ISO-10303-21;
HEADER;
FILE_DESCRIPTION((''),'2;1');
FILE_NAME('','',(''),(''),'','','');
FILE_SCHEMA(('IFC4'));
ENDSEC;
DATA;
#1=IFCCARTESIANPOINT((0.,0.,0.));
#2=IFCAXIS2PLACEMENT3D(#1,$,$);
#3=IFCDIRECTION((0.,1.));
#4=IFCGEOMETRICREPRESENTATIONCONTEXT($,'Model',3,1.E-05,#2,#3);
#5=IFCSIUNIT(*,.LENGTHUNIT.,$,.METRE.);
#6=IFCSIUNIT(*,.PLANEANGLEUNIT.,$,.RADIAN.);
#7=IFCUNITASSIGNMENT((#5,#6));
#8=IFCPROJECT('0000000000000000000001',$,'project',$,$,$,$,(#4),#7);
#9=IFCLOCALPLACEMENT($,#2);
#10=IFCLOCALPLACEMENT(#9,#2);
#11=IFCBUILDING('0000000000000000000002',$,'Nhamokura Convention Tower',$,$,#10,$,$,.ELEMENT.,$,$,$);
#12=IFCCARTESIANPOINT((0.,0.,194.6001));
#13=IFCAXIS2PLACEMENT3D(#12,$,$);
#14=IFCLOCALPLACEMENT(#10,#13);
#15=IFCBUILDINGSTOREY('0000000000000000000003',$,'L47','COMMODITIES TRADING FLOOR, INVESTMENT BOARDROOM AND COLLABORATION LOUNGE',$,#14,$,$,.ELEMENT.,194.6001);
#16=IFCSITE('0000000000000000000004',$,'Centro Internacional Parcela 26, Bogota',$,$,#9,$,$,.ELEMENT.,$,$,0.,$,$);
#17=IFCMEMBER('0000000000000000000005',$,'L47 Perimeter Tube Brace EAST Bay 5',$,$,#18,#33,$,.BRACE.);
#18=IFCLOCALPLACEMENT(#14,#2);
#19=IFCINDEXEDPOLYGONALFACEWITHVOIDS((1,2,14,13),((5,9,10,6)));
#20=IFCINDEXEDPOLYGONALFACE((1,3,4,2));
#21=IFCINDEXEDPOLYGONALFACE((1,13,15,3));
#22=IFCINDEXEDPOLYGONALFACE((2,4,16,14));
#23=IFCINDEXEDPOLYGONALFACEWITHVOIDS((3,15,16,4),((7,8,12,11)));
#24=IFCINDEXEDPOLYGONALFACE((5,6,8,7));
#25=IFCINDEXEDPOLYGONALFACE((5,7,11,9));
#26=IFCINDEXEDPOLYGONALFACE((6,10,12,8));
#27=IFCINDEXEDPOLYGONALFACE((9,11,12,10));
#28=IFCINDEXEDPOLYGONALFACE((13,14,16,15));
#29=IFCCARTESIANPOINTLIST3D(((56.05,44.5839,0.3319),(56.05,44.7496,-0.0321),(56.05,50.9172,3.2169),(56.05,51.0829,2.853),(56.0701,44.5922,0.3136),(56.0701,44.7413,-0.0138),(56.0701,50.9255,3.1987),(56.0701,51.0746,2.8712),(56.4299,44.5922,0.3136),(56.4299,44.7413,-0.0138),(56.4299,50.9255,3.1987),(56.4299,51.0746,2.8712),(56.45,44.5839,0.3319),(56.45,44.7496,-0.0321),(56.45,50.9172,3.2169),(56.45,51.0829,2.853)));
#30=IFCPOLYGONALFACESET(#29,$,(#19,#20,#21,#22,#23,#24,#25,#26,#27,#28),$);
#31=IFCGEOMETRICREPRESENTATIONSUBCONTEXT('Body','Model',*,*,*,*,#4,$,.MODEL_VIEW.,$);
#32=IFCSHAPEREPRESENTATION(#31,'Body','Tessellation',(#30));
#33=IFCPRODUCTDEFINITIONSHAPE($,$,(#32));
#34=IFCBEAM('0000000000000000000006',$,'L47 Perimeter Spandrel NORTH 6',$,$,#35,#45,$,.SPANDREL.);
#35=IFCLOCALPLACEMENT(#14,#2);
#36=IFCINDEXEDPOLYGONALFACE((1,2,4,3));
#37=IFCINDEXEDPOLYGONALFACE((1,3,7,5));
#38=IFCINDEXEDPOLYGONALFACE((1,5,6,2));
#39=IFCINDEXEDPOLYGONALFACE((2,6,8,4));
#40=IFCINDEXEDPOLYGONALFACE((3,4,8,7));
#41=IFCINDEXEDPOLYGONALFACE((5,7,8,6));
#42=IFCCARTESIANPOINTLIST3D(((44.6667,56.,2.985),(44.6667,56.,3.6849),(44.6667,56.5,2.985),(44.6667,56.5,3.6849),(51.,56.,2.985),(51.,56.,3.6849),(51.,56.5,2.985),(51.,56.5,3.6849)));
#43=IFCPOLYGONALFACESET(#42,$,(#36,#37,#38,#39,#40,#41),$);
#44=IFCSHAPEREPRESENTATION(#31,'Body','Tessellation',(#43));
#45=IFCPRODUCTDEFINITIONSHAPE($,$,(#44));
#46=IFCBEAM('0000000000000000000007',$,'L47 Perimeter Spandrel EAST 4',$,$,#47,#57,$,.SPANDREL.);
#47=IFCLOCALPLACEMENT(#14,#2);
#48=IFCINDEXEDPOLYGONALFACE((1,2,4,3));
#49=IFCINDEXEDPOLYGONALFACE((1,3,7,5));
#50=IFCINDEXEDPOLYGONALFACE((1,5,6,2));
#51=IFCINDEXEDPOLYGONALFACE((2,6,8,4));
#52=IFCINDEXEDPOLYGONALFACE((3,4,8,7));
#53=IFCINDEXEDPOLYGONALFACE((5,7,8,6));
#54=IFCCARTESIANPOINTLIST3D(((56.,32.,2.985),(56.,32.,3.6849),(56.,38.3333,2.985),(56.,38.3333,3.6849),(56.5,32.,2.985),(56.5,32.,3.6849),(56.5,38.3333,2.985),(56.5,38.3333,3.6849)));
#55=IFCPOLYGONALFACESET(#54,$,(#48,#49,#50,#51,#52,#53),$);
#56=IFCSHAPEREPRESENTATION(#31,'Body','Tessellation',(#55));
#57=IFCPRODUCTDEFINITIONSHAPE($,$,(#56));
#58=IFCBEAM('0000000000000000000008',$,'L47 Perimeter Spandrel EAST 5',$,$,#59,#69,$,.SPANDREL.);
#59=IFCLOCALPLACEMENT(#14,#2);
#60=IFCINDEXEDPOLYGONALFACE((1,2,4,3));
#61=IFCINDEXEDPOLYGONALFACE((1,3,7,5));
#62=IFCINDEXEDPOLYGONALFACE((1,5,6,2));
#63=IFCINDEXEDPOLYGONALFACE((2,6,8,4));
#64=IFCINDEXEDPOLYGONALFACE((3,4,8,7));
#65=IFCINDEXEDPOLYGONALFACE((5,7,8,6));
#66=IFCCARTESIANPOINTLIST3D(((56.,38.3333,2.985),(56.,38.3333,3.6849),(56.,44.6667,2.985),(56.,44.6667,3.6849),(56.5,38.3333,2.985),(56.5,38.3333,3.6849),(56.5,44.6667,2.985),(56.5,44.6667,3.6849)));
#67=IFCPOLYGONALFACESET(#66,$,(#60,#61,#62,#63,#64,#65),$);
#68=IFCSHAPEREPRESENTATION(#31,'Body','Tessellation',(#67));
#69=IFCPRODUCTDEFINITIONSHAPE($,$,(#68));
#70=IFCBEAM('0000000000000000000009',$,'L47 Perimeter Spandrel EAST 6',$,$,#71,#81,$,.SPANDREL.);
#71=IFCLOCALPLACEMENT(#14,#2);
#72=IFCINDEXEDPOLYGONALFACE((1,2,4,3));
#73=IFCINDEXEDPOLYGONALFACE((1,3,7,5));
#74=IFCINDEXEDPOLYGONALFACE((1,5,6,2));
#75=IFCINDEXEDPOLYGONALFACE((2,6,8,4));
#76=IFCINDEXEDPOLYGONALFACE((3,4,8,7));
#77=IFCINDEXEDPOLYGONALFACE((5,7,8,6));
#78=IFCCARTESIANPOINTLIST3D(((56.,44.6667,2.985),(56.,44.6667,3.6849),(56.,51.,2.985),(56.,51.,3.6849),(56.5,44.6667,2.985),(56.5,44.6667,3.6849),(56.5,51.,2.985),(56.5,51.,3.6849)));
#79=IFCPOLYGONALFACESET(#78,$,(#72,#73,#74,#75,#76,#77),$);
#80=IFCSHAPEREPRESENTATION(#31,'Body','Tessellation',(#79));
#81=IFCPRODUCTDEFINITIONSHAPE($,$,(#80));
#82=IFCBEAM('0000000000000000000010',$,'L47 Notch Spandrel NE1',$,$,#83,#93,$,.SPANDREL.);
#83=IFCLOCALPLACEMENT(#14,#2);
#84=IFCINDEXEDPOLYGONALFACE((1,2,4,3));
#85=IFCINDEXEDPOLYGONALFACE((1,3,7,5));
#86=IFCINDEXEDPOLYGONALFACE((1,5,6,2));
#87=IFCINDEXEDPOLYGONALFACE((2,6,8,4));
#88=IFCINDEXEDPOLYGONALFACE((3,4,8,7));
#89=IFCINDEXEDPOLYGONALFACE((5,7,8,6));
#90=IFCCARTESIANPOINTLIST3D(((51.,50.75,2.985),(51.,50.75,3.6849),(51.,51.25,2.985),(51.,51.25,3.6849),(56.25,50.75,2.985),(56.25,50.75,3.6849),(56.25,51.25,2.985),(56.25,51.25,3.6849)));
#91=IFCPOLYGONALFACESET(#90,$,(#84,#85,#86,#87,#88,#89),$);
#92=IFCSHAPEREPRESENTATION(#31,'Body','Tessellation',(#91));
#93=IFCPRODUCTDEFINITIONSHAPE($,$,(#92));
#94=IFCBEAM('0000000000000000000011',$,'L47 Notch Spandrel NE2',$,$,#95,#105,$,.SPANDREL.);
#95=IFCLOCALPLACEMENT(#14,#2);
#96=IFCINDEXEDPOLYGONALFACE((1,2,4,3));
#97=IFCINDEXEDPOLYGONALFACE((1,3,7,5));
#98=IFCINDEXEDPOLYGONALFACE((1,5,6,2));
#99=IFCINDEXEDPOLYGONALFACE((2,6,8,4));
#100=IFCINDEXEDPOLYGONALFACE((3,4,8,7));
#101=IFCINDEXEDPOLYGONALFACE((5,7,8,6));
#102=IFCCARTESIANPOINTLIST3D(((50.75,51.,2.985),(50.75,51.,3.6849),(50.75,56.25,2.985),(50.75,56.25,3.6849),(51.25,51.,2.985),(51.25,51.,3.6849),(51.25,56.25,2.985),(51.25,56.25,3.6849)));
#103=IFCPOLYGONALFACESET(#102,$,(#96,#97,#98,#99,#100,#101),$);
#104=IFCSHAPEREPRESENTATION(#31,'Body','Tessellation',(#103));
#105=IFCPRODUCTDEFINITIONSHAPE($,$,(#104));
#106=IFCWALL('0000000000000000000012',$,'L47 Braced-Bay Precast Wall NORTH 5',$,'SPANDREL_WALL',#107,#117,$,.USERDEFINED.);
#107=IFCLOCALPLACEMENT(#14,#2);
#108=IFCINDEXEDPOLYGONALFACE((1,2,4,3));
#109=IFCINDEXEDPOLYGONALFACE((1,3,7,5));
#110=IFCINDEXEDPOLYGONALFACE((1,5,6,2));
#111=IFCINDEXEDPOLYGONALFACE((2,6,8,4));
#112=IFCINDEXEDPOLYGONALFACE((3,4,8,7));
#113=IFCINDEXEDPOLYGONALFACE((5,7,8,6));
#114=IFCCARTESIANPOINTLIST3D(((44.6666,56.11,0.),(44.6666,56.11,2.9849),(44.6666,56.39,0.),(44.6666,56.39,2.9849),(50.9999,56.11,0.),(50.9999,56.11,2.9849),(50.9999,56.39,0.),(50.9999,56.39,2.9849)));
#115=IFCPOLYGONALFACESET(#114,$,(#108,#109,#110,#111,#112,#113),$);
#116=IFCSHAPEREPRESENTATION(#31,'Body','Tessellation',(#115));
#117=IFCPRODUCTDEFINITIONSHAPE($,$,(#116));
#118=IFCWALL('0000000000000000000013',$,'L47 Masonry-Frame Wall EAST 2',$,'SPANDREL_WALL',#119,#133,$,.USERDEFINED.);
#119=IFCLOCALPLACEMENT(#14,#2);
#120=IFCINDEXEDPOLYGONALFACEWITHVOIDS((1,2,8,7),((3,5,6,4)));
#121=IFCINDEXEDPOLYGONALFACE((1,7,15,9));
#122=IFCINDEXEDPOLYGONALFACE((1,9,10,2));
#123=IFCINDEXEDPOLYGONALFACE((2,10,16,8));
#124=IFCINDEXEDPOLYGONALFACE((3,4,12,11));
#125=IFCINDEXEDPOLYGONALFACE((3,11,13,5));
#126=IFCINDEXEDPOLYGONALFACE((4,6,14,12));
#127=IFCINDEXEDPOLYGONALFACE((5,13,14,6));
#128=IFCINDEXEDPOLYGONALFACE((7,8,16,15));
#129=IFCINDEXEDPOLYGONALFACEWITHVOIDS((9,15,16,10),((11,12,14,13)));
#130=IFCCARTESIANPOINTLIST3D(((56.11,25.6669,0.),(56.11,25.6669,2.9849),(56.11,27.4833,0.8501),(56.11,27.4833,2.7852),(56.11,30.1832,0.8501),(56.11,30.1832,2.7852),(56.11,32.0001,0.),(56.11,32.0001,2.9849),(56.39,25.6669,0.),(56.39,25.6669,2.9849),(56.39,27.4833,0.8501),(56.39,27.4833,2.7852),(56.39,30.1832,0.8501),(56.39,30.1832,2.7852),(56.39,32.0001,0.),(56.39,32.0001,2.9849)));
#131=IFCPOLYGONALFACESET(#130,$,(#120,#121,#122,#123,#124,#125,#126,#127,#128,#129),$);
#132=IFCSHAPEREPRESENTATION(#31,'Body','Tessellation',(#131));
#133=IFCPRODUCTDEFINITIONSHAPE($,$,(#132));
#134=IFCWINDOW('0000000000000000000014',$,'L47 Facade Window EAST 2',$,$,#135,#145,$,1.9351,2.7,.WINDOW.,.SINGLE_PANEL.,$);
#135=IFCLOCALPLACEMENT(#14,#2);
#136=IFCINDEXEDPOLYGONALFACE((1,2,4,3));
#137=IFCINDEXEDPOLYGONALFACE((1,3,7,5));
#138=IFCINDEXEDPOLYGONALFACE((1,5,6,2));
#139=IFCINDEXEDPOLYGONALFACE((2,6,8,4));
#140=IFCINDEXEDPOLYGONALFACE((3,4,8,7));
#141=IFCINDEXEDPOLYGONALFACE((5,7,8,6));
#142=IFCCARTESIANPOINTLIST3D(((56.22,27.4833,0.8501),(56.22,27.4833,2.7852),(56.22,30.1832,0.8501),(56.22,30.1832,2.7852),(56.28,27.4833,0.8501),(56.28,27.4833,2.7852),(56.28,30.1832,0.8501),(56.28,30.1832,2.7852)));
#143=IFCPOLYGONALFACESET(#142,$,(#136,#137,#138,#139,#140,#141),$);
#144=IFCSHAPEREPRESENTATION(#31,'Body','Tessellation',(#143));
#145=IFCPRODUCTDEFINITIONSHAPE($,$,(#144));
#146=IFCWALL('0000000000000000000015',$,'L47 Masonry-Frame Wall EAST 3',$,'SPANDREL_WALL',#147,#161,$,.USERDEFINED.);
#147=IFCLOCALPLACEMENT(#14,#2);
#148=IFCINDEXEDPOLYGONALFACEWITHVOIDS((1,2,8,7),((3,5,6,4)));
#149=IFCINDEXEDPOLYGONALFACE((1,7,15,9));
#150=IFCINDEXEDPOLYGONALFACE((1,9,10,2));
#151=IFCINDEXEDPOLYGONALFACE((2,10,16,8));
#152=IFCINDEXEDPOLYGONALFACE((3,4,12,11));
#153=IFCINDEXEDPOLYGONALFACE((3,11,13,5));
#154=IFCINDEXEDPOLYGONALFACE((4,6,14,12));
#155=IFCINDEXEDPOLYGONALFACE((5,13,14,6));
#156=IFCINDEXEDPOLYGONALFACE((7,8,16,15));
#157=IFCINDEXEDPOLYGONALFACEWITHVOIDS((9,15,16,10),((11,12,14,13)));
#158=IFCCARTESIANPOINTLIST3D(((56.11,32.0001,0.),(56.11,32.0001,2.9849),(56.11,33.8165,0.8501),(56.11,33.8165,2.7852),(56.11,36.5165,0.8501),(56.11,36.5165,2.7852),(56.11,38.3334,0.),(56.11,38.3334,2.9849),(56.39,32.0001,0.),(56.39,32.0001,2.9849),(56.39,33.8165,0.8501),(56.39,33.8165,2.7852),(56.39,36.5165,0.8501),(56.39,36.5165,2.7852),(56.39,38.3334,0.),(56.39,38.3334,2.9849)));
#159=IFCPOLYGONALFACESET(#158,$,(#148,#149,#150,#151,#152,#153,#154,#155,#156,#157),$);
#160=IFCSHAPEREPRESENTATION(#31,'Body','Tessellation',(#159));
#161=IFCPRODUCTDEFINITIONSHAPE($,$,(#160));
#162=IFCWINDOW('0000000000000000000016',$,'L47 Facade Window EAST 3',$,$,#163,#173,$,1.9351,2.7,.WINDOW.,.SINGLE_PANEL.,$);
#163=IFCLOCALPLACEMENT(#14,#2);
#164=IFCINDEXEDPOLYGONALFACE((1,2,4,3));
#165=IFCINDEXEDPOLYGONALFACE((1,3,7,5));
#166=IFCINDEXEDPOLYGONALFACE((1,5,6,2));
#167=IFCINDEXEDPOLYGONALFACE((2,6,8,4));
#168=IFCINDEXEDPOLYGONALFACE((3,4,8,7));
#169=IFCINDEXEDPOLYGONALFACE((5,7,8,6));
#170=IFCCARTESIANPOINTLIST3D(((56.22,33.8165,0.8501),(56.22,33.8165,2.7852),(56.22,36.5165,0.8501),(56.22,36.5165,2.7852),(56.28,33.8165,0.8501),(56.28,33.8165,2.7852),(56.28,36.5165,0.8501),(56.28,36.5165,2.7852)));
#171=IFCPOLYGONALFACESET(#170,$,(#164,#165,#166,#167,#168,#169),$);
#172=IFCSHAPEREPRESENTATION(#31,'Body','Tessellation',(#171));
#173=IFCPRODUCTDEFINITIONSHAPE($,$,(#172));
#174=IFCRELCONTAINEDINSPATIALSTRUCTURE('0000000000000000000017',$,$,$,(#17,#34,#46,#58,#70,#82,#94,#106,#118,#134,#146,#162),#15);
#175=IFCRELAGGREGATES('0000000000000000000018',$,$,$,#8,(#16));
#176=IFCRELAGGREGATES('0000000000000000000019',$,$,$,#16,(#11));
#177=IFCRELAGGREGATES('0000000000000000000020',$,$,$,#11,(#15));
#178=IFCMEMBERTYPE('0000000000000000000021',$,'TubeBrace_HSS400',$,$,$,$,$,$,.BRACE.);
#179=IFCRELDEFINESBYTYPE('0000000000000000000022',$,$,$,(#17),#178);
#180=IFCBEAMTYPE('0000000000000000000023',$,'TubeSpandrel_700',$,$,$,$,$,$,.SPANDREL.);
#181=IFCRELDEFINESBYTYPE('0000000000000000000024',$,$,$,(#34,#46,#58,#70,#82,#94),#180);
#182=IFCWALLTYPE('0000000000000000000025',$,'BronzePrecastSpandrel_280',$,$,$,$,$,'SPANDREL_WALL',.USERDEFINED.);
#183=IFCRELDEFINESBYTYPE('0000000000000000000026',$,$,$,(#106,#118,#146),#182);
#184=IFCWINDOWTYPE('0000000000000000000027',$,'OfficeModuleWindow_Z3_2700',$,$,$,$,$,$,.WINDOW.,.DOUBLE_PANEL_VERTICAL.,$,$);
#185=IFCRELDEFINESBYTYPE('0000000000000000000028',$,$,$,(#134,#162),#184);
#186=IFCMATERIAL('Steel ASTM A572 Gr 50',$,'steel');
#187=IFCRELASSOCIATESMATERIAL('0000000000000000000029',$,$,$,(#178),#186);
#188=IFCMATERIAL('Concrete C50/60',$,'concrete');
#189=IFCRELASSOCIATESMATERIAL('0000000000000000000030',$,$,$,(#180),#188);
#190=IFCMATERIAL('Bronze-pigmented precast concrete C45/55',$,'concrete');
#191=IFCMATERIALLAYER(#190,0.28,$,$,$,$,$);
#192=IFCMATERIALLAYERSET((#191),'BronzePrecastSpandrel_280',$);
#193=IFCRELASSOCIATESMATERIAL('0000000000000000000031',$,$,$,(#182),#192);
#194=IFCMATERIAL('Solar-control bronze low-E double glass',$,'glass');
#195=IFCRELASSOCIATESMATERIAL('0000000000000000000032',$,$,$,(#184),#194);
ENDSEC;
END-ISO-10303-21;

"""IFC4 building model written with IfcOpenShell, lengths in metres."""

from ifc_helpers import new_model, si_unit, direction, frame, frame_2d, origin, origin_2d, place, context, subcontext, project, spatial, rectangle, hollow_rectangle, extrude, material, layer, layer_set, material_profile, profile_set, type_object, element, fill, save


model = new_model("IFC4")

# Units and contexts
model_context = context("Model", 3, precision=1e-05, world=origin(), true_north=direction((0.0, 1.0)))
body_context = subcontext(model_context, "Body", "Model", "MODEL_VIEW")
ifc_project = project(units=[si_unit("LENGTHUNIT", "METRE"), si_unit("PLANEANGLEUNIT", "RADIAN")], contexts=[model_context])

# Site, building, storey
site_placement = place(None, origin())
site = spatial("IfcSite", under=ifc_project, at=site_placement, Name="Centro Internacional Parcela 26, Bogota", CompositionType="ELEMENT", RefElevation=0.0)
building_placement = place(site_placement, origin())
building = spatial("IfcBuilding", under=site, at=building_placement, Name="Nhamokura Convention Tower", CompositionType="ELEMENT")
storey_placement = place(building_placement, frame((0.0, 0.0, 194.6001)))
storey = spatial("IfcBuildingStorey", under=building, at=storey_placement, Name="L47", Description="COMMODITIES TRADING FLOOR, INVESTMENT BOARDROOM AND COLLABORATION LOUNGE", CompositionType="ELEMENT", Elevation=194.6001)

# Member
ifc_material_1 = material(Name="Steel ASTM A572 Gr 50", Category="steel")
ifc_material_profile_1 = material_profile(ifc_material_1, hollow_rectangle(XDim=0.3999, YDim=0.3999, WallThickness=0.02, at=origin_2d()))
ifc_profile_set_1 = profile_set([ifc_material_profile_1], Name="Steel ASTM A572 Gr 50")
member_type_1 = type_object("IfcMemberType", Name="TubeBrace_HSS400", PredefinedType="BRACE", material=ifc_profile_set_1)
for number, where, z_axis, x_axis, name in (
    (1, (56.25, 44.6667, 0.1499), (0.0, 0.910027, 0.414548), (-1.0, 0.0, 0.0), "L47 Perimeter Tube Brace EAST Bay 5"),
):
    element("IfcMember", number, at=place(storey_placement, frame(where, z_axis=z_axis, x_axis=x_axis)), inside=storey, type_object=member_type_1, Name=name, PredefinedType="BRACE", context=body_context, shape_type="SweptSolid", body=[
        extrude(hollow_rectangle(XDim=0.3999, YDim=0.3999, WallThickness=0.02, at=origin_2d()), origin(), (0.0, 0.0, 1.0), 6.9595),
    ])

# Beams
ifc_material_2 = material(Name="Concrete C50/60", Category="concrete")
ifc_material_profile_2 = material_profile(ifc_material_2, rectangle(XDim=0.5, YDim=0.7, at=origin_2d()))
ifc_profile_set_2 = profile_set([ifc_material_profile_2], Name="Concrete C50/60")
beam_type_1 = type_object("IfcBeamType", Name="TubeSpandrel_700", PredefinedType="SPANDREL", material=ifc_profile_set_2)
for number, where, z_axis, x_axis, name in (
    (2, (44.6667, 56.25, 3.335), (1.0, 0.0, 0.0), (0.0, 1.0, 0.0), "L47 Perimeter Spandrel NORTH 6"),
    (3, (56.25, 32.0, 3.335), (0.0, 1.0, 0.0), (-1.0, 0.0, 0.0), "L47 Perimeter Spandrel EAST 4"),
):
    element("IfcBeam", number, at=place(storey_placement, frame(where, z_axis=z_axis, x_axis=x_axis)), inside=storey, type_object=beam_type_1, Name=name, PredefinedType="SPANDREL", context=body_context, shape_type="SweptSolid", body=[
        extrude(rectangle(XDim=0.5, YDim=0.7, at=origin_2d()), origin(), (0.0, 0.0, 1.0), 6.3333),
    ])
beam_1_placement = place(storey_placement, frame((56.25, 38.3333, 3.335), z_axis=(0.0, 1.0, 0.0), x_axis=(-1.0, 0.0, 0.0)))
element("IfcBeam", 4, at=beam_1_placement, inside=storey, type_object=beam_type_1, Name="L47 Perimeter Spandrel EAST 5", PredefinedType="SPANDREL", context=body_context, shape_type="SweptSolid", body=[
    extrude(rectangle(XDim=0.5, YDim=0.7, at=origin_2d()), origin(), (0.0, 0.0, 1.0), 6.3335),
])
beam_2_placement = place(storey_placement, frame((56.25, 44.6667, 3.335), z_axis=(0.0, 1.0, 0.0), x_axis=(-1.0, 0.0, 0.0)))
element("IfcBeam", 5, at=beam_2_placement, inside=storey, type_object=beam_type_1, Name="L47 Perimeter Spandrel EAST 6", PredefinedType="SPANDREL", context=body_context, shape_type="SweptSolid", body=[
    extrude(rectangle(XDim=0.5, YDim=0.7, at=origin_2d()), origin(), (0.0, 0.0, 1.0), 6.3333),
])
for number, where, z_axis, x_axis, name in (
    (6, (56.25, 51.0, 3.335), (-1.0, 0.0, 0.0), (0.0, -1.0, 0.0), "L47 Notch Spandrel NE1"),
    (7, (51.0, 51.0, 3.335), (0.0, 1.0, 0.0), (-1.0, 0.0, 0.0), "L47 Notch Spandrel NE2"),
):
    element("IfcBeam", number, at=place(storey_placement, frame(where, z_axis=z_axis, x_axis=x_axis)), inside=storey, type_object=beam_type_1, Name=name, PredefinedType="SPANDREL", context=body_context, shape_type="SweptSolid", body=[
        extrude(rectangle(XDim=0.5, YDim=0.7, at=origin_2d()), origin(), (0.0, 0.0, 1.0), 5.25),
    ])

# Wall
ifc_material_3 = material(Name="Bronze-pigmented precast concrete C45/55", Category="concrete")
ifc_layer_1 = layer(ifc_material_3, 0.28)
ifc_layer_set_1 = layer_set([ifc_layer_1], Name="BronzePrecastSpandrel_280")
wall_type_1 = type_object("IfcWallType", Name="BronzePrecastSpandrel_280", ElementType="SPANDREL_WALL", PredefinedType="USERDEFINED", material=ifc_layer_set_1)
wall_1_placement = place(storey_placement, frame((44.6667, 56.25, 0.0), z_axis=(0.0, 0.0, 1.0), x_axis=(1.0, 0.0, 0.0)))
element("IfcWall", 8, at=wall_1_placement, inside=storey, type_object=wall_type_1, Name="L47 Braced-Bay Precast Wall NORTH 5", ObjectType="SPANDREL_WALL", PredefinedType="USERDEFINED", context=body_context, shape_type="SweptSolid", body=[
    extrude(rectangle(XDim=6.3333, YDim=0.28, at=frame_2d((3.1665, 0.0))), origin(), (0.0, 0.0, 1.0), 2.9849),
])

# Walls, openings, windows
wall_2_placement = place(storey_placement, frame((56.25, 32.0, 0.0), z_axis=(0.0, 0.0, 1.0), x_axis=(0.0, -1.0, 0.0)))
wall_2 = element("IfcWall", 9, at=wall_2_placement, inside=storey, type_object=wall_type_1, Name="L47 Masonry-Frame Wall EAST 2", ObjectType="SPANDREL_WALL", PredefinedType="USERDEFINED", context=body_context, shape_type="SweptSolid", body=[
    extrude(rectangle(XDim=6.3333, YDim=0.28, at=frame_2d((3.1665, 0.0))), origin(), (0.0, 0.0, 1.0), 2.9849),
])
opening_1_placement = place(wall_2_placement, frame((1.8167, 0.0, 0.8501)))
opening_1 = element("IfcOpeningElement", 10, at=opening_1_placement, cuts=wall_2, PredefinedType="OPENING", context=body_context, shape_type="SweptSolid", body=[
    extrude(rectangle(XDim=2.7, YDim=1.9351, at=frame_2d((1.3501, 0.9675))), frame((0.0, 0.1499, 0.0), z_axis=(0.0, -1.0, 0.0), x_axis=(1.0, 0.0, 0.0)), (0.0, 0.0, 1.0), 0.3),
])
ifc_material_4 = material(Name="Solar-control bronze low-E double glass", Category="glass")
window_type_1 = type_object("IfcWindowType", Name="OfficeModuleWindow_Z3_2700", PartitioningType="DOUBLE_PANEL_VERTICAL", PredefinedType="WINDOW", material=ifc_material_4)
window_1_placement = place(opening_1_placement, origin())
window_1 = element("IfcWindow", 11, at=window_1_placement, inside=storey, type_object=window_type_1, Name="L47 Facade Window EAST 2", OverallHeight=1.9351, OverallWidth=2.7, PartitioningType="SINGLE_PANEL", PredefinedType="WINDOW", context=body_context, shape_type="SweptSolid", body=[
    extrude(rectangle(XDim=2.7, YDim=1.9351, at=frame_2d((1.3501, 0.9675))), frame((0.0, 0.03, 0.0), z_axis=(0.0, -1.0, 0.0), x_axis=(1.0, 0.0, 0.0)), (0.0, 0.0, 1.0), 0.0601),
])
fill(opening_1, window_1)
wall_3_placement = place(storey_placement, frame((56.25, 38.3333, 0.0), z_axis=(0.0, 0.0, 1.0), x_axis=(0.0, -1.0, 0.0)))
wall_3 = element("IfcWall", 12, at=wall_3_placement, inside=storey, type_object=wall_type_1, Name="L47 Masonry-Frame Wall EAST 3", ObjectType="SPANDREL_WALL", PredefinedType="USERDEFINED", context=body_context, shape_type="SweptSolid", body=[
    extrude(rectangle(XDim=6.3333, YDim=0.28, at=frame_2d((3.1665, 0.0))), origin(), (0.0, 0.0, 1.0), 2.9849),
])
opening_2_placement = place(wall_3_placement, frame((1.8167, 0.0, 0.8501)))
opening_2 = element("IfcOpeningElement", 13, at=opening_2_placement, cuts=wall_3, PredefinedType="OPENING", context=body_context, shape_type="SweptSolid", body=[
    extrude(rectangle(XDim=2.7, YDim=1.9351, at=frame_2d((1.3501, 0.9675))), frame((0.0, 0.1499, 0.0), z_axis=(0.0, -1.0, 0.0), x_axis=(1.0, 0.0, 0.0)), (0.0, 0.0, 1.0), 0.3),
])
window_2_placement = place(opening_2_placement, origin())
window_2 = element("IfcWindow", 14, at=window_2_placement, inside=storey, type_object=window_type_1, Name="L47 Facade Window EAST 3", OverallHeight=1.9351, OverallWidth=2.7, PartitioningType="SINGLE_PANEL", PredefinedType="WINDOW", context=body_context, shape_type="SweptSolid", body=[
    extrude(rectangle(XDim=2.7, YDim=1.9351, at=frame_2d((1.3501, 0.9675))), frame((0.0, 0.03, 0.0), z_axis=(0.0, -1.0, 0.0), x_axis=(1.0, 0.0, 0.0)), (0.0, 0.0, 1.0), 0.0601),
])
fill(opening_2, window_2)

save(model, "model.ifc")
